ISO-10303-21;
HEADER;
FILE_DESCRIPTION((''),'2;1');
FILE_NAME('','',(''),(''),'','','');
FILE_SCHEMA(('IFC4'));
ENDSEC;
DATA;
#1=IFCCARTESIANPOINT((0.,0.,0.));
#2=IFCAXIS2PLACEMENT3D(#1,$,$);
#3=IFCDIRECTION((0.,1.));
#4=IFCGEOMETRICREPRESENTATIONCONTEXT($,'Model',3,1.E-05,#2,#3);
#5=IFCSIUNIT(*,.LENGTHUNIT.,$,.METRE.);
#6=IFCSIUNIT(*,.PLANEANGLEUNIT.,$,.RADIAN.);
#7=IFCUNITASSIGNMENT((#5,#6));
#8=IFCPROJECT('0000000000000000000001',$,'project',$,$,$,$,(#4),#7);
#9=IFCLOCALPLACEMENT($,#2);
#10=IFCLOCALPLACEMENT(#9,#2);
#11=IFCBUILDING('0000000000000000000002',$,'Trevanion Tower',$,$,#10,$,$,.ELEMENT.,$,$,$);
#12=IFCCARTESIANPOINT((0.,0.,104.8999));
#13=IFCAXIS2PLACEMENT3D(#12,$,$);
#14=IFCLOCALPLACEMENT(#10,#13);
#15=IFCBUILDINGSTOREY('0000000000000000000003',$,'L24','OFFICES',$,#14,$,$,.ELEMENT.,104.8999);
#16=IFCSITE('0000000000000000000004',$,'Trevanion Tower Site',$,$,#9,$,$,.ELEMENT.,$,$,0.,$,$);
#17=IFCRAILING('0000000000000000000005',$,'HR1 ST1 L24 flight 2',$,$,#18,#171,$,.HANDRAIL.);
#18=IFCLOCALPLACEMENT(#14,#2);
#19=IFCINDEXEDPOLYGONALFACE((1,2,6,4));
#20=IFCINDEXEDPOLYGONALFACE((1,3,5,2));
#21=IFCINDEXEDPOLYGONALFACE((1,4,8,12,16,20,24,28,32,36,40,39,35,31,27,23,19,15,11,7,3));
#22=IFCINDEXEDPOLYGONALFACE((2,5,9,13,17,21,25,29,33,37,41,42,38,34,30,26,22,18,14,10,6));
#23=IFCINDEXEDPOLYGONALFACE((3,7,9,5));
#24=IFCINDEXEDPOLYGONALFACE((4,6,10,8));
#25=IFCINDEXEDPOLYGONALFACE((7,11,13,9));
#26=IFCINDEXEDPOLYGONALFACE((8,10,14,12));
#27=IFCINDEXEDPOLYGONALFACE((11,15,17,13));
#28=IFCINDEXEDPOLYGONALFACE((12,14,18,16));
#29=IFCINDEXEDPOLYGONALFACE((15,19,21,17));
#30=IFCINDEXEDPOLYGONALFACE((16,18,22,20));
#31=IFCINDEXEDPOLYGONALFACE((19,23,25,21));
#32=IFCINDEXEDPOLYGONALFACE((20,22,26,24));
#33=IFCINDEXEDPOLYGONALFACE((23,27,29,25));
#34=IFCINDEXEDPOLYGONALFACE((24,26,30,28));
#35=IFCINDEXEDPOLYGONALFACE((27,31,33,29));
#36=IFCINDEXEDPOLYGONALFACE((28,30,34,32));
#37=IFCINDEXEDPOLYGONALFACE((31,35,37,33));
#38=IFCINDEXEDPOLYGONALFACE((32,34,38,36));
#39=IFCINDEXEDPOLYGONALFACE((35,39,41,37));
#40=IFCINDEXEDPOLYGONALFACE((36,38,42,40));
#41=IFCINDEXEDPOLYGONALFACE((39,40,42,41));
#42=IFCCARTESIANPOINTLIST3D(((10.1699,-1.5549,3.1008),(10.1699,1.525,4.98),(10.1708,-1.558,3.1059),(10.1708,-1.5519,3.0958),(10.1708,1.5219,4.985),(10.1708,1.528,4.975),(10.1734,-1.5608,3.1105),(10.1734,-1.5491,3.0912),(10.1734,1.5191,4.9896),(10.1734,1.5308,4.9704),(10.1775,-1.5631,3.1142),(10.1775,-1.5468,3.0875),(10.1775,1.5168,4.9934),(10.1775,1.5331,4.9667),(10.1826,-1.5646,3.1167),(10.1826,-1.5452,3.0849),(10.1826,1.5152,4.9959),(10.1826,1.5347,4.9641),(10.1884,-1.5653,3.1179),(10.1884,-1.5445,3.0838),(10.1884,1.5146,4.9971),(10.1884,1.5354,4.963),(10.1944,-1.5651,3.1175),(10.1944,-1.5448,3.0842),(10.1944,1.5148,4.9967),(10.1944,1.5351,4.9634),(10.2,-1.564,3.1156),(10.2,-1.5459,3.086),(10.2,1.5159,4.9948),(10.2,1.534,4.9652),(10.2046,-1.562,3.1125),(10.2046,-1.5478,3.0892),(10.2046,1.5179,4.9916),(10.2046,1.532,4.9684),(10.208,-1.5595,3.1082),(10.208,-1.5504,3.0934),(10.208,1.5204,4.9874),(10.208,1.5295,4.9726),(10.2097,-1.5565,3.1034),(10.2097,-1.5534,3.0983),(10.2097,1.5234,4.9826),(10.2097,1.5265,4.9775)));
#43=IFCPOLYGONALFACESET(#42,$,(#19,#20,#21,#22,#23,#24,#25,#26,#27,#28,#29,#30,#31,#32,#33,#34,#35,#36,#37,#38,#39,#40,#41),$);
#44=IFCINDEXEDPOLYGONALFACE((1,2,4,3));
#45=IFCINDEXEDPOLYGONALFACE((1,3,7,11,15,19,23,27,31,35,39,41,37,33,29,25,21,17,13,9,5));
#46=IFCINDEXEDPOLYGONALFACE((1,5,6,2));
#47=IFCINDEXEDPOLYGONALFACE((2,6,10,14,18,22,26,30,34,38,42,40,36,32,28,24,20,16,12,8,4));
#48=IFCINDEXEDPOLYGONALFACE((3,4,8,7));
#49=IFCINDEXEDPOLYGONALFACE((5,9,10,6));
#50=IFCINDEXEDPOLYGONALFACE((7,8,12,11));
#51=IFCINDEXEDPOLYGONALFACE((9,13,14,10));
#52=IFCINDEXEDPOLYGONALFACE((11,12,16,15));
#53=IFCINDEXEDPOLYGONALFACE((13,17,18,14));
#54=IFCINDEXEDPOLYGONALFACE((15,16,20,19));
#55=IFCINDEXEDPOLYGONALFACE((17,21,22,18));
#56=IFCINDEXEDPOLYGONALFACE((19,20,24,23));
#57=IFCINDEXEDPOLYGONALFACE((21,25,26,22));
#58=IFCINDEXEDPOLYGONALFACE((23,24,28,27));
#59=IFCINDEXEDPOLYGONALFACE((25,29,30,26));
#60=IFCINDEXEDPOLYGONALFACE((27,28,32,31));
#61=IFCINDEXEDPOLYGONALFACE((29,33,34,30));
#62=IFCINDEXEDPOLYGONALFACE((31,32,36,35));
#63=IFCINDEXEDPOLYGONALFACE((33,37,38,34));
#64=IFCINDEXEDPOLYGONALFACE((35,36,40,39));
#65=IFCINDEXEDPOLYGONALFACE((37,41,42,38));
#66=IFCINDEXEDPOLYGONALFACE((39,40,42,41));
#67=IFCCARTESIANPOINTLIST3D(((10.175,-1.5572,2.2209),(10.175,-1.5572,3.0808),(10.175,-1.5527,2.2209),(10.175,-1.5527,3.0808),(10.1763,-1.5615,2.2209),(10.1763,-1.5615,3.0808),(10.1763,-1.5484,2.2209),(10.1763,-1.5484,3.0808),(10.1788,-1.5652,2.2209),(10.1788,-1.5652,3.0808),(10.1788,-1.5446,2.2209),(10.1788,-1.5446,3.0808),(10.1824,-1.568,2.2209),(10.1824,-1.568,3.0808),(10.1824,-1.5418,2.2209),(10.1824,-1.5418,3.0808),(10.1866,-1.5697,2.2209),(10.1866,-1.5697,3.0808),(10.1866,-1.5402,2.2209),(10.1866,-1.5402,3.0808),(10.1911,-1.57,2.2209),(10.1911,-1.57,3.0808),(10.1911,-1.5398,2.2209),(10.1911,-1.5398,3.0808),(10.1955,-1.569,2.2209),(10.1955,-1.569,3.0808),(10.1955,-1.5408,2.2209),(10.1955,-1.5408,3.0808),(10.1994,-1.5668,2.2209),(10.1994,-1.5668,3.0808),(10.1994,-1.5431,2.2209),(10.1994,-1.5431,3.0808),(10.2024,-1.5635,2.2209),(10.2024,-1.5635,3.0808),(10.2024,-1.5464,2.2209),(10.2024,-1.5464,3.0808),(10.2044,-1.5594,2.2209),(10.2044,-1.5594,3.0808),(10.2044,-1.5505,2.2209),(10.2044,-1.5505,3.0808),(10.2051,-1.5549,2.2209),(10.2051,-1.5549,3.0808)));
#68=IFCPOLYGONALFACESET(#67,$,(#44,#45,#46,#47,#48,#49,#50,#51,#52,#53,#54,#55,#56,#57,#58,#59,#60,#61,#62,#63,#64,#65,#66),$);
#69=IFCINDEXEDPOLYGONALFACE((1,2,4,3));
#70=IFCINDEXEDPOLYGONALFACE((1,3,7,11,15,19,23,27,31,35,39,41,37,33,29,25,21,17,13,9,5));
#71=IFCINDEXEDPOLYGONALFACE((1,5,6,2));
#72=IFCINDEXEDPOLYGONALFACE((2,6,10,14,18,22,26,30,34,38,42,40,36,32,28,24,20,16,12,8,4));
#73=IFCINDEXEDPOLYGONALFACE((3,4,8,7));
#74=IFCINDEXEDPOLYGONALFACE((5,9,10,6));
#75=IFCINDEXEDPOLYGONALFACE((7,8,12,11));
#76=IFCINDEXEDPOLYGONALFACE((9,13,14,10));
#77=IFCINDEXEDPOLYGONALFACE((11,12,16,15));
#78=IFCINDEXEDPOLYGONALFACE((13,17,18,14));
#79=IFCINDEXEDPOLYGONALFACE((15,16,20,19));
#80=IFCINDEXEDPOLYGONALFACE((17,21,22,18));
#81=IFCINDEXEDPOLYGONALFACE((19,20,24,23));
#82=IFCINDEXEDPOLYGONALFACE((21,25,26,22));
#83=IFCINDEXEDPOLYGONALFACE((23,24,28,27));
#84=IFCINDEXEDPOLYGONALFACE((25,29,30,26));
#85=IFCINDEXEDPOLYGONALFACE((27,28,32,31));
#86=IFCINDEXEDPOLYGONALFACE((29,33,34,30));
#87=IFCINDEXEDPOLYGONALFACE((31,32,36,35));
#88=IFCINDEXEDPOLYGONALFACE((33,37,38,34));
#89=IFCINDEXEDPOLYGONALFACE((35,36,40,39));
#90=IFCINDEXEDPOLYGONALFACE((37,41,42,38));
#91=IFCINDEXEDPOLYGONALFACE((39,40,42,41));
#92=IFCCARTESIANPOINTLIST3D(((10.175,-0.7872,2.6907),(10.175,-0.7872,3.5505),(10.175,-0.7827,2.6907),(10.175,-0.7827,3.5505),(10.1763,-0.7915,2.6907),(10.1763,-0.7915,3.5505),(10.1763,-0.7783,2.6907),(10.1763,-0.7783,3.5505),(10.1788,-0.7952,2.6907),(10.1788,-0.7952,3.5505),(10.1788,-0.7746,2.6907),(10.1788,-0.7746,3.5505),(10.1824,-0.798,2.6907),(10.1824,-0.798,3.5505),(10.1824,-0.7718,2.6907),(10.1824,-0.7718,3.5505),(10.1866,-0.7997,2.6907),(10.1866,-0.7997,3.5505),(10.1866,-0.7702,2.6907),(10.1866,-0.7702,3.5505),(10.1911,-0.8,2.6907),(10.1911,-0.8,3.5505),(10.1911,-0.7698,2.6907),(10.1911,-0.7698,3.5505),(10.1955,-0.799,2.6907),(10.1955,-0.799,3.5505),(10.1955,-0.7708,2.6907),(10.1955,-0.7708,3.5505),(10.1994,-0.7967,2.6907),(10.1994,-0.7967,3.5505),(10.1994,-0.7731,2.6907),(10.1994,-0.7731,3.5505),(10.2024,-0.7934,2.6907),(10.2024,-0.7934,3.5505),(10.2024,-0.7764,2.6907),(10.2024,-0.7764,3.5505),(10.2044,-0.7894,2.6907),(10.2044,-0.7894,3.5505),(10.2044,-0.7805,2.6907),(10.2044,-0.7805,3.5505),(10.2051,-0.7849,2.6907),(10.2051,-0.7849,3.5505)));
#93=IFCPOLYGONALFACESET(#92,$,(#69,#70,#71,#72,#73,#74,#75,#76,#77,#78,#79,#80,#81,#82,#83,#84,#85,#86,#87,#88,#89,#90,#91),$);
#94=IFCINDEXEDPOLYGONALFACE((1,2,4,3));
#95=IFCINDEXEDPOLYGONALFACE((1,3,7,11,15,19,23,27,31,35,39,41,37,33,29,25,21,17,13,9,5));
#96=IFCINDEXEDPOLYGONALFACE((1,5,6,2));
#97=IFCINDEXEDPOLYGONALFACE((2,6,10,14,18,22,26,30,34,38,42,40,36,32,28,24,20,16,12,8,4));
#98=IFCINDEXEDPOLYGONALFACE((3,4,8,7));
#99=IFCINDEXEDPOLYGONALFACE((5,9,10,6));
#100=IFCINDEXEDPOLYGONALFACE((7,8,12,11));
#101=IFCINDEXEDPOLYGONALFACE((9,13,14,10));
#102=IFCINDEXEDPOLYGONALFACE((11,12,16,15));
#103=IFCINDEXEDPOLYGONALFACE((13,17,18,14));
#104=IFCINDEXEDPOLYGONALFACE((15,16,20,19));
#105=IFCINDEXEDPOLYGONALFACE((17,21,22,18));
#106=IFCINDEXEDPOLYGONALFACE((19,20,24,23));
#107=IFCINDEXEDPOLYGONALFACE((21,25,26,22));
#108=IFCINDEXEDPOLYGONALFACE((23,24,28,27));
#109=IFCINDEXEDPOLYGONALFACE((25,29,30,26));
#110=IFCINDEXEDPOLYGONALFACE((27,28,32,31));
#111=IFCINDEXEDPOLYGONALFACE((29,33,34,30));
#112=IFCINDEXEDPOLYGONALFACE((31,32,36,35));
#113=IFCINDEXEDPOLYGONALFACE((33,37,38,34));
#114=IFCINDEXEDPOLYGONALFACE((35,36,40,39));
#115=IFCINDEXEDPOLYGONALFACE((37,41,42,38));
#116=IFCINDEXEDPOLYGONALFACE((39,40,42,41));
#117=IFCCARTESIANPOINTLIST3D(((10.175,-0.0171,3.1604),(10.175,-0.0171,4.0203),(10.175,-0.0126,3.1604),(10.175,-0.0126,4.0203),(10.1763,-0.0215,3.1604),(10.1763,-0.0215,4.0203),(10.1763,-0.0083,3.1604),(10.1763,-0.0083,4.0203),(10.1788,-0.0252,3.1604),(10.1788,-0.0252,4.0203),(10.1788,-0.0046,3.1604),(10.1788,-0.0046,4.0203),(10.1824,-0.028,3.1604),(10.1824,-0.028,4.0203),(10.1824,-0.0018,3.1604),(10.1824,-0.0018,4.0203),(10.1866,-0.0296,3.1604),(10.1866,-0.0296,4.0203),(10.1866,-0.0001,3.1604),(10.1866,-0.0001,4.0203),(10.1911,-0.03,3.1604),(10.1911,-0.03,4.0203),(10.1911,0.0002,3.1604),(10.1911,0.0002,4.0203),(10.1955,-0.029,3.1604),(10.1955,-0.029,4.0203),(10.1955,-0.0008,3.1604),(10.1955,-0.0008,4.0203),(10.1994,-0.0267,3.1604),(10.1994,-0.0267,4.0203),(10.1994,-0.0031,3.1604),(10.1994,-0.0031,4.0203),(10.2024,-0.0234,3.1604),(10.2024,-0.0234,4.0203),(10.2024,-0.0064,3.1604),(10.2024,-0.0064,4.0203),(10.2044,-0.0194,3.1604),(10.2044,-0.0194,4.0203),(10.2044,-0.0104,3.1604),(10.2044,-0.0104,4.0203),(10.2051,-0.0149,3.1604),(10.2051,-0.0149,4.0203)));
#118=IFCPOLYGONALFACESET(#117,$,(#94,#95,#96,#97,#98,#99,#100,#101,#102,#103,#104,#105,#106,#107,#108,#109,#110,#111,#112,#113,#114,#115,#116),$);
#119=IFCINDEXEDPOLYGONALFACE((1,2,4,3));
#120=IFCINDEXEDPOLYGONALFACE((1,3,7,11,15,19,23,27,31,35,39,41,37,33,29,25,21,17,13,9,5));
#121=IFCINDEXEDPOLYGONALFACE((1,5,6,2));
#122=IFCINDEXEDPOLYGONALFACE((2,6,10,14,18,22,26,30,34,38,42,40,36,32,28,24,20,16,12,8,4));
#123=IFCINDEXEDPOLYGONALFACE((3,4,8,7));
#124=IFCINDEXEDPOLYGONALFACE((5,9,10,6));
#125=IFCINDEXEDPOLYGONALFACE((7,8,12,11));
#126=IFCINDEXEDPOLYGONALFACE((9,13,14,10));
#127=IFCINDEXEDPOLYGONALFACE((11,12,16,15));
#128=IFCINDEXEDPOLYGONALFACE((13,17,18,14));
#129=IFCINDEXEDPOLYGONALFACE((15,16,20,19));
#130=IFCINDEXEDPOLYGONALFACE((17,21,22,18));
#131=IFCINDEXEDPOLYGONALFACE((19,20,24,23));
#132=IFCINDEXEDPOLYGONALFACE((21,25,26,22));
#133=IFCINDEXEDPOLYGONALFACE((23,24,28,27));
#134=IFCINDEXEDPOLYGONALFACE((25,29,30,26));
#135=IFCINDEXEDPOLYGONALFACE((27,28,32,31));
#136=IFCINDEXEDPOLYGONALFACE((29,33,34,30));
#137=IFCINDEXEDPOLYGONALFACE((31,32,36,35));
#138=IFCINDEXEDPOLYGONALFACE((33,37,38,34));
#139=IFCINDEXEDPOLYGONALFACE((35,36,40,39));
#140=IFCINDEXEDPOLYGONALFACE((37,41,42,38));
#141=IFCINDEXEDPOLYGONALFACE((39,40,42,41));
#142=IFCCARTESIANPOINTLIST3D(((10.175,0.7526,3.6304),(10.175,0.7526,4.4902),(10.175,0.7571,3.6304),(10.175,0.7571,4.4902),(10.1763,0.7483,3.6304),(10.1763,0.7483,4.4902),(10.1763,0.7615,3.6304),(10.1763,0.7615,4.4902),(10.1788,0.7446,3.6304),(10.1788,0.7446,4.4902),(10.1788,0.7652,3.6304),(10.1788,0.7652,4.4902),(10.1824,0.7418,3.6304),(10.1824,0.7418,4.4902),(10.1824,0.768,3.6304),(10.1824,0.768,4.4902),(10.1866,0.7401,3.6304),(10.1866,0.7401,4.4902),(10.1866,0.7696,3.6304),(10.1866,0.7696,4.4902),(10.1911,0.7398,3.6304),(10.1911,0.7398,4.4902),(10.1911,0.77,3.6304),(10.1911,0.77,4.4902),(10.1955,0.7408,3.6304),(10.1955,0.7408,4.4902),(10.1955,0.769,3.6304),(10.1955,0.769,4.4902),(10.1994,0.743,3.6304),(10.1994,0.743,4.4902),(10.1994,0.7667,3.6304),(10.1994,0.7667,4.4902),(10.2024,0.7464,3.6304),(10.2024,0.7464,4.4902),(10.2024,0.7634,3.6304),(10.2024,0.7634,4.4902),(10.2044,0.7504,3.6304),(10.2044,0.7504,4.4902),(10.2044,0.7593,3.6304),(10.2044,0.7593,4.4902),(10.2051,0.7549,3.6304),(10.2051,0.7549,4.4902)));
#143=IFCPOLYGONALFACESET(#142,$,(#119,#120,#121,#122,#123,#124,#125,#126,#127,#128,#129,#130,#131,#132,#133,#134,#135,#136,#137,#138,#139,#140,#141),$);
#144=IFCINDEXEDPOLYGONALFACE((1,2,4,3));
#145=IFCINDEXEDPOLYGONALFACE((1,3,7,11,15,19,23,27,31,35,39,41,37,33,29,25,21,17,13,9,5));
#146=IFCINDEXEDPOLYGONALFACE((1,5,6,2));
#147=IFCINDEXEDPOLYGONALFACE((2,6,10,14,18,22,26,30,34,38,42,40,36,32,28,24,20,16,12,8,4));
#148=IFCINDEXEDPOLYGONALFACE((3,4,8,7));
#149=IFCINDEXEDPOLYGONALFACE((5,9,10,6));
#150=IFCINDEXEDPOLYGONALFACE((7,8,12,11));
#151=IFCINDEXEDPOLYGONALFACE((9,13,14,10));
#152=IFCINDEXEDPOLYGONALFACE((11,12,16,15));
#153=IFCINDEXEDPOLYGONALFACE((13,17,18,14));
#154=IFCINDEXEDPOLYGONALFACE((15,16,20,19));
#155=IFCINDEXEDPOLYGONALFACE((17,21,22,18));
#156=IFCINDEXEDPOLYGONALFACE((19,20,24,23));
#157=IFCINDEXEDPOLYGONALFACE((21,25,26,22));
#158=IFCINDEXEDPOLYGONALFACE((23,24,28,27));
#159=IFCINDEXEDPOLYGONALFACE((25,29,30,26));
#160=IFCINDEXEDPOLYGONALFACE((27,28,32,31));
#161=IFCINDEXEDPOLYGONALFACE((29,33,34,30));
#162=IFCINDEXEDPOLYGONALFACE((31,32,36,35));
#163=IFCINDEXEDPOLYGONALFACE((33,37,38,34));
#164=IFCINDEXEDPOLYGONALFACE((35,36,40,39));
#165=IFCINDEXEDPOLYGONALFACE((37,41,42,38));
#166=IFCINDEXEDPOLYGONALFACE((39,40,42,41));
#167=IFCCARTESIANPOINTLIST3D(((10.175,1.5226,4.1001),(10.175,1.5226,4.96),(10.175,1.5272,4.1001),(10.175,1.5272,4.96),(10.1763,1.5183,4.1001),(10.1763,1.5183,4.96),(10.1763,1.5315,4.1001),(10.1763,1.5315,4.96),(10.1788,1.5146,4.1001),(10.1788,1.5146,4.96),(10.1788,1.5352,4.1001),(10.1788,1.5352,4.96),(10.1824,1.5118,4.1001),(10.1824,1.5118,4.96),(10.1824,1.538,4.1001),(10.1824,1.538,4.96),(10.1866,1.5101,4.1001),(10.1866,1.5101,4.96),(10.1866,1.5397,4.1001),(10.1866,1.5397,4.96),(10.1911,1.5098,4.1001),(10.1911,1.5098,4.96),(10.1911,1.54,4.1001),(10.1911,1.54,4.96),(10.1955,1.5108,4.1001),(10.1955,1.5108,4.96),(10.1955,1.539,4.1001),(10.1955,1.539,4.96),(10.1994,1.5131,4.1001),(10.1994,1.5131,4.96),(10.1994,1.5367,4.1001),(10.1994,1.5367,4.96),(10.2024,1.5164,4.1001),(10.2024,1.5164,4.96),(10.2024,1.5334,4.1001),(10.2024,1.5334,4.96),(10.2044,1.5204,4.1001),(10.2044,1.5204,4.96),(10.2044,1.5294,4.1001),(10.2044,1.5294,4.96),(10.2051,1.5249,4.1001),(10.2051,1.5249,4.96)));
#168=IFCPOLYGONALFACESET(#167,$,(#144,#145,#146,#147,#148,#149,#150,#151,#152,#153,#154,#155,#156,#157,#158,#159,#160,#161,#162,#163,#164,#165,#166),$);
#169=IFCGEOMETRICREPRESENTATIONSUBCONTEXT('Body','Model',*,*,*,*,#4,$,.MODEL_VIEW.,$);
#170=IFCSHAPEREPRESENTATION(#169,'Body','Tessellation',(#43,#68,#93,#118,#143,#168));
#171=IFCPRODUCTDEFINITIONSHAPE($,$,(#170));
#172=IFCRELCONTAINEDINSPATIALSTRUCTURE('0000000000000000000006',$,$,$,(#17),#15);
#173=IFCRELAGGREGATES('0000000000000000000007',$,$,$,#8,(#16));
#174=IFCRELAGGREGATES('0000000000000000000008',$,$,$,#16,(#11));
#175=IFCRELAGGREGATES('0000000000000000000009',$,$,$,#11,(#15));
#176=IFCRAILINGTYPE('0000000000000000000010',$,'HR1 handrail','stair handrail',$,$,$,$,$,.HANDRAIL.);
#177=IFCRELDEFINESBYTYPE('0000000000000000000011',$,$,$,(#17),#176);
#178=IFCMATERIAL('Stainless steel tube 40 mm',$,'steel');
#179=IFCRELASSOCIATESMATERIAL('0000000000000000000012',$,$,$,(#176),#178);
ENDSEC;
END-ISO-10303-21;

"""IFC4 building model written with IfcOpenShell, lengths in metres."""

from ifc_helpers import new_model, si_unit, direction, frame, origin, origin_2d, place, context, subcontext, project, spatial, circle, extrude, material, type_object, element, save


model = new_model("IFC4")

# Units and contexts
model_context = context("Model", 3, precision=1e-05, world=origin(), true_north=direction((0.0, 1.0)))
body_context = subcontext(model_context, "Body", "Model", "MODEL_VIEW")
ifc_project = project(units=[si_unit("LENGTHUNIT", "METRE"), si_unit("PLANEANGLEUNIT", "RADIAN")], contexts=[model_context])

# Site, building, storey
site_placement = place(None, origin())
site = spatial("IfcSite", under=ifc_project, at=site_placement, Name="Trevanion Tower Site", CompositionType="ELEMENT", RefElevation=0.0)
building_placement = place(site_placement, origin())
building = spatial("IfcBuilding", under=site, at=building_placement, Name="Trevanion Tower", CompositionType="ELEMENT")
storey_placement = place(building_placement, frame((0.0, 0.0, 104.8999)))
storey = spatial("IfcBuildingStorey", under=building, at=storey_placement, Name="L24", Description="OFFICES", CompositionType="ELEMENT", Elevation=104.8999)

# Railing
ifc_material_1 = material(Name="Stainless steel tube 40 mm", Category="steel")
railing_type = type_object("IfcRailingType", Name="HR1 handrail", Description="stair handrail", PredefinedType="HANDRAIL", material=ifc_material_1)
for number, where, name in (
    (1, (10.1899, -1.5549, 2.2209), "HR1 ST1 L24 flight 2"),
):
    element("IfcRailing", number, at=place(storey_placement, frame(where)), inside=storey, type_object=railing_type, Name=name, PredefinedType="HANDRAIL", context=body_context, shape_type="SweptSolid", body=[
        extrude(circle(Radius=0.02, at=origin_2d()), frame((0.0, 0.0, 0.8799), z_axis=(0.0, 0.853648, 0.52085), x_axis=(-1.0, 0.0, 0.0)), (0.0, 0.0, 1.0), 3.6079),
        extrude(circle(Radius=0.0151, at=origin_2d()), origin(), (0.0, 0.0, 1.0), 0.8599),
        extrude(circle(Radius=0.0151, at=origin_2d()), frame((0.0, 0.77, 0.4697)), (0.0, 0.0, 1.0), 0.8599),
        extrude(circle(Radius=0.0151, at=origin_2d()), frame((0.0, 1.54, 0.9395)), (0.0, 0.0, 1.0), 0.8599),
        extrude(circle(Radius=0.0151, at=origin_2d()), frame((0.0, 2.3098, 1.4094)), (0.0, 0.0, 1.0), 0.8599),
        extrude(circle(Radius=0.0151, at=origin_2d()), frame((0.0, 3.0798, 1.8792)), (0.0, 0.0, 1.0), 0.8599),
    ])

save(model, "model.ifc")
